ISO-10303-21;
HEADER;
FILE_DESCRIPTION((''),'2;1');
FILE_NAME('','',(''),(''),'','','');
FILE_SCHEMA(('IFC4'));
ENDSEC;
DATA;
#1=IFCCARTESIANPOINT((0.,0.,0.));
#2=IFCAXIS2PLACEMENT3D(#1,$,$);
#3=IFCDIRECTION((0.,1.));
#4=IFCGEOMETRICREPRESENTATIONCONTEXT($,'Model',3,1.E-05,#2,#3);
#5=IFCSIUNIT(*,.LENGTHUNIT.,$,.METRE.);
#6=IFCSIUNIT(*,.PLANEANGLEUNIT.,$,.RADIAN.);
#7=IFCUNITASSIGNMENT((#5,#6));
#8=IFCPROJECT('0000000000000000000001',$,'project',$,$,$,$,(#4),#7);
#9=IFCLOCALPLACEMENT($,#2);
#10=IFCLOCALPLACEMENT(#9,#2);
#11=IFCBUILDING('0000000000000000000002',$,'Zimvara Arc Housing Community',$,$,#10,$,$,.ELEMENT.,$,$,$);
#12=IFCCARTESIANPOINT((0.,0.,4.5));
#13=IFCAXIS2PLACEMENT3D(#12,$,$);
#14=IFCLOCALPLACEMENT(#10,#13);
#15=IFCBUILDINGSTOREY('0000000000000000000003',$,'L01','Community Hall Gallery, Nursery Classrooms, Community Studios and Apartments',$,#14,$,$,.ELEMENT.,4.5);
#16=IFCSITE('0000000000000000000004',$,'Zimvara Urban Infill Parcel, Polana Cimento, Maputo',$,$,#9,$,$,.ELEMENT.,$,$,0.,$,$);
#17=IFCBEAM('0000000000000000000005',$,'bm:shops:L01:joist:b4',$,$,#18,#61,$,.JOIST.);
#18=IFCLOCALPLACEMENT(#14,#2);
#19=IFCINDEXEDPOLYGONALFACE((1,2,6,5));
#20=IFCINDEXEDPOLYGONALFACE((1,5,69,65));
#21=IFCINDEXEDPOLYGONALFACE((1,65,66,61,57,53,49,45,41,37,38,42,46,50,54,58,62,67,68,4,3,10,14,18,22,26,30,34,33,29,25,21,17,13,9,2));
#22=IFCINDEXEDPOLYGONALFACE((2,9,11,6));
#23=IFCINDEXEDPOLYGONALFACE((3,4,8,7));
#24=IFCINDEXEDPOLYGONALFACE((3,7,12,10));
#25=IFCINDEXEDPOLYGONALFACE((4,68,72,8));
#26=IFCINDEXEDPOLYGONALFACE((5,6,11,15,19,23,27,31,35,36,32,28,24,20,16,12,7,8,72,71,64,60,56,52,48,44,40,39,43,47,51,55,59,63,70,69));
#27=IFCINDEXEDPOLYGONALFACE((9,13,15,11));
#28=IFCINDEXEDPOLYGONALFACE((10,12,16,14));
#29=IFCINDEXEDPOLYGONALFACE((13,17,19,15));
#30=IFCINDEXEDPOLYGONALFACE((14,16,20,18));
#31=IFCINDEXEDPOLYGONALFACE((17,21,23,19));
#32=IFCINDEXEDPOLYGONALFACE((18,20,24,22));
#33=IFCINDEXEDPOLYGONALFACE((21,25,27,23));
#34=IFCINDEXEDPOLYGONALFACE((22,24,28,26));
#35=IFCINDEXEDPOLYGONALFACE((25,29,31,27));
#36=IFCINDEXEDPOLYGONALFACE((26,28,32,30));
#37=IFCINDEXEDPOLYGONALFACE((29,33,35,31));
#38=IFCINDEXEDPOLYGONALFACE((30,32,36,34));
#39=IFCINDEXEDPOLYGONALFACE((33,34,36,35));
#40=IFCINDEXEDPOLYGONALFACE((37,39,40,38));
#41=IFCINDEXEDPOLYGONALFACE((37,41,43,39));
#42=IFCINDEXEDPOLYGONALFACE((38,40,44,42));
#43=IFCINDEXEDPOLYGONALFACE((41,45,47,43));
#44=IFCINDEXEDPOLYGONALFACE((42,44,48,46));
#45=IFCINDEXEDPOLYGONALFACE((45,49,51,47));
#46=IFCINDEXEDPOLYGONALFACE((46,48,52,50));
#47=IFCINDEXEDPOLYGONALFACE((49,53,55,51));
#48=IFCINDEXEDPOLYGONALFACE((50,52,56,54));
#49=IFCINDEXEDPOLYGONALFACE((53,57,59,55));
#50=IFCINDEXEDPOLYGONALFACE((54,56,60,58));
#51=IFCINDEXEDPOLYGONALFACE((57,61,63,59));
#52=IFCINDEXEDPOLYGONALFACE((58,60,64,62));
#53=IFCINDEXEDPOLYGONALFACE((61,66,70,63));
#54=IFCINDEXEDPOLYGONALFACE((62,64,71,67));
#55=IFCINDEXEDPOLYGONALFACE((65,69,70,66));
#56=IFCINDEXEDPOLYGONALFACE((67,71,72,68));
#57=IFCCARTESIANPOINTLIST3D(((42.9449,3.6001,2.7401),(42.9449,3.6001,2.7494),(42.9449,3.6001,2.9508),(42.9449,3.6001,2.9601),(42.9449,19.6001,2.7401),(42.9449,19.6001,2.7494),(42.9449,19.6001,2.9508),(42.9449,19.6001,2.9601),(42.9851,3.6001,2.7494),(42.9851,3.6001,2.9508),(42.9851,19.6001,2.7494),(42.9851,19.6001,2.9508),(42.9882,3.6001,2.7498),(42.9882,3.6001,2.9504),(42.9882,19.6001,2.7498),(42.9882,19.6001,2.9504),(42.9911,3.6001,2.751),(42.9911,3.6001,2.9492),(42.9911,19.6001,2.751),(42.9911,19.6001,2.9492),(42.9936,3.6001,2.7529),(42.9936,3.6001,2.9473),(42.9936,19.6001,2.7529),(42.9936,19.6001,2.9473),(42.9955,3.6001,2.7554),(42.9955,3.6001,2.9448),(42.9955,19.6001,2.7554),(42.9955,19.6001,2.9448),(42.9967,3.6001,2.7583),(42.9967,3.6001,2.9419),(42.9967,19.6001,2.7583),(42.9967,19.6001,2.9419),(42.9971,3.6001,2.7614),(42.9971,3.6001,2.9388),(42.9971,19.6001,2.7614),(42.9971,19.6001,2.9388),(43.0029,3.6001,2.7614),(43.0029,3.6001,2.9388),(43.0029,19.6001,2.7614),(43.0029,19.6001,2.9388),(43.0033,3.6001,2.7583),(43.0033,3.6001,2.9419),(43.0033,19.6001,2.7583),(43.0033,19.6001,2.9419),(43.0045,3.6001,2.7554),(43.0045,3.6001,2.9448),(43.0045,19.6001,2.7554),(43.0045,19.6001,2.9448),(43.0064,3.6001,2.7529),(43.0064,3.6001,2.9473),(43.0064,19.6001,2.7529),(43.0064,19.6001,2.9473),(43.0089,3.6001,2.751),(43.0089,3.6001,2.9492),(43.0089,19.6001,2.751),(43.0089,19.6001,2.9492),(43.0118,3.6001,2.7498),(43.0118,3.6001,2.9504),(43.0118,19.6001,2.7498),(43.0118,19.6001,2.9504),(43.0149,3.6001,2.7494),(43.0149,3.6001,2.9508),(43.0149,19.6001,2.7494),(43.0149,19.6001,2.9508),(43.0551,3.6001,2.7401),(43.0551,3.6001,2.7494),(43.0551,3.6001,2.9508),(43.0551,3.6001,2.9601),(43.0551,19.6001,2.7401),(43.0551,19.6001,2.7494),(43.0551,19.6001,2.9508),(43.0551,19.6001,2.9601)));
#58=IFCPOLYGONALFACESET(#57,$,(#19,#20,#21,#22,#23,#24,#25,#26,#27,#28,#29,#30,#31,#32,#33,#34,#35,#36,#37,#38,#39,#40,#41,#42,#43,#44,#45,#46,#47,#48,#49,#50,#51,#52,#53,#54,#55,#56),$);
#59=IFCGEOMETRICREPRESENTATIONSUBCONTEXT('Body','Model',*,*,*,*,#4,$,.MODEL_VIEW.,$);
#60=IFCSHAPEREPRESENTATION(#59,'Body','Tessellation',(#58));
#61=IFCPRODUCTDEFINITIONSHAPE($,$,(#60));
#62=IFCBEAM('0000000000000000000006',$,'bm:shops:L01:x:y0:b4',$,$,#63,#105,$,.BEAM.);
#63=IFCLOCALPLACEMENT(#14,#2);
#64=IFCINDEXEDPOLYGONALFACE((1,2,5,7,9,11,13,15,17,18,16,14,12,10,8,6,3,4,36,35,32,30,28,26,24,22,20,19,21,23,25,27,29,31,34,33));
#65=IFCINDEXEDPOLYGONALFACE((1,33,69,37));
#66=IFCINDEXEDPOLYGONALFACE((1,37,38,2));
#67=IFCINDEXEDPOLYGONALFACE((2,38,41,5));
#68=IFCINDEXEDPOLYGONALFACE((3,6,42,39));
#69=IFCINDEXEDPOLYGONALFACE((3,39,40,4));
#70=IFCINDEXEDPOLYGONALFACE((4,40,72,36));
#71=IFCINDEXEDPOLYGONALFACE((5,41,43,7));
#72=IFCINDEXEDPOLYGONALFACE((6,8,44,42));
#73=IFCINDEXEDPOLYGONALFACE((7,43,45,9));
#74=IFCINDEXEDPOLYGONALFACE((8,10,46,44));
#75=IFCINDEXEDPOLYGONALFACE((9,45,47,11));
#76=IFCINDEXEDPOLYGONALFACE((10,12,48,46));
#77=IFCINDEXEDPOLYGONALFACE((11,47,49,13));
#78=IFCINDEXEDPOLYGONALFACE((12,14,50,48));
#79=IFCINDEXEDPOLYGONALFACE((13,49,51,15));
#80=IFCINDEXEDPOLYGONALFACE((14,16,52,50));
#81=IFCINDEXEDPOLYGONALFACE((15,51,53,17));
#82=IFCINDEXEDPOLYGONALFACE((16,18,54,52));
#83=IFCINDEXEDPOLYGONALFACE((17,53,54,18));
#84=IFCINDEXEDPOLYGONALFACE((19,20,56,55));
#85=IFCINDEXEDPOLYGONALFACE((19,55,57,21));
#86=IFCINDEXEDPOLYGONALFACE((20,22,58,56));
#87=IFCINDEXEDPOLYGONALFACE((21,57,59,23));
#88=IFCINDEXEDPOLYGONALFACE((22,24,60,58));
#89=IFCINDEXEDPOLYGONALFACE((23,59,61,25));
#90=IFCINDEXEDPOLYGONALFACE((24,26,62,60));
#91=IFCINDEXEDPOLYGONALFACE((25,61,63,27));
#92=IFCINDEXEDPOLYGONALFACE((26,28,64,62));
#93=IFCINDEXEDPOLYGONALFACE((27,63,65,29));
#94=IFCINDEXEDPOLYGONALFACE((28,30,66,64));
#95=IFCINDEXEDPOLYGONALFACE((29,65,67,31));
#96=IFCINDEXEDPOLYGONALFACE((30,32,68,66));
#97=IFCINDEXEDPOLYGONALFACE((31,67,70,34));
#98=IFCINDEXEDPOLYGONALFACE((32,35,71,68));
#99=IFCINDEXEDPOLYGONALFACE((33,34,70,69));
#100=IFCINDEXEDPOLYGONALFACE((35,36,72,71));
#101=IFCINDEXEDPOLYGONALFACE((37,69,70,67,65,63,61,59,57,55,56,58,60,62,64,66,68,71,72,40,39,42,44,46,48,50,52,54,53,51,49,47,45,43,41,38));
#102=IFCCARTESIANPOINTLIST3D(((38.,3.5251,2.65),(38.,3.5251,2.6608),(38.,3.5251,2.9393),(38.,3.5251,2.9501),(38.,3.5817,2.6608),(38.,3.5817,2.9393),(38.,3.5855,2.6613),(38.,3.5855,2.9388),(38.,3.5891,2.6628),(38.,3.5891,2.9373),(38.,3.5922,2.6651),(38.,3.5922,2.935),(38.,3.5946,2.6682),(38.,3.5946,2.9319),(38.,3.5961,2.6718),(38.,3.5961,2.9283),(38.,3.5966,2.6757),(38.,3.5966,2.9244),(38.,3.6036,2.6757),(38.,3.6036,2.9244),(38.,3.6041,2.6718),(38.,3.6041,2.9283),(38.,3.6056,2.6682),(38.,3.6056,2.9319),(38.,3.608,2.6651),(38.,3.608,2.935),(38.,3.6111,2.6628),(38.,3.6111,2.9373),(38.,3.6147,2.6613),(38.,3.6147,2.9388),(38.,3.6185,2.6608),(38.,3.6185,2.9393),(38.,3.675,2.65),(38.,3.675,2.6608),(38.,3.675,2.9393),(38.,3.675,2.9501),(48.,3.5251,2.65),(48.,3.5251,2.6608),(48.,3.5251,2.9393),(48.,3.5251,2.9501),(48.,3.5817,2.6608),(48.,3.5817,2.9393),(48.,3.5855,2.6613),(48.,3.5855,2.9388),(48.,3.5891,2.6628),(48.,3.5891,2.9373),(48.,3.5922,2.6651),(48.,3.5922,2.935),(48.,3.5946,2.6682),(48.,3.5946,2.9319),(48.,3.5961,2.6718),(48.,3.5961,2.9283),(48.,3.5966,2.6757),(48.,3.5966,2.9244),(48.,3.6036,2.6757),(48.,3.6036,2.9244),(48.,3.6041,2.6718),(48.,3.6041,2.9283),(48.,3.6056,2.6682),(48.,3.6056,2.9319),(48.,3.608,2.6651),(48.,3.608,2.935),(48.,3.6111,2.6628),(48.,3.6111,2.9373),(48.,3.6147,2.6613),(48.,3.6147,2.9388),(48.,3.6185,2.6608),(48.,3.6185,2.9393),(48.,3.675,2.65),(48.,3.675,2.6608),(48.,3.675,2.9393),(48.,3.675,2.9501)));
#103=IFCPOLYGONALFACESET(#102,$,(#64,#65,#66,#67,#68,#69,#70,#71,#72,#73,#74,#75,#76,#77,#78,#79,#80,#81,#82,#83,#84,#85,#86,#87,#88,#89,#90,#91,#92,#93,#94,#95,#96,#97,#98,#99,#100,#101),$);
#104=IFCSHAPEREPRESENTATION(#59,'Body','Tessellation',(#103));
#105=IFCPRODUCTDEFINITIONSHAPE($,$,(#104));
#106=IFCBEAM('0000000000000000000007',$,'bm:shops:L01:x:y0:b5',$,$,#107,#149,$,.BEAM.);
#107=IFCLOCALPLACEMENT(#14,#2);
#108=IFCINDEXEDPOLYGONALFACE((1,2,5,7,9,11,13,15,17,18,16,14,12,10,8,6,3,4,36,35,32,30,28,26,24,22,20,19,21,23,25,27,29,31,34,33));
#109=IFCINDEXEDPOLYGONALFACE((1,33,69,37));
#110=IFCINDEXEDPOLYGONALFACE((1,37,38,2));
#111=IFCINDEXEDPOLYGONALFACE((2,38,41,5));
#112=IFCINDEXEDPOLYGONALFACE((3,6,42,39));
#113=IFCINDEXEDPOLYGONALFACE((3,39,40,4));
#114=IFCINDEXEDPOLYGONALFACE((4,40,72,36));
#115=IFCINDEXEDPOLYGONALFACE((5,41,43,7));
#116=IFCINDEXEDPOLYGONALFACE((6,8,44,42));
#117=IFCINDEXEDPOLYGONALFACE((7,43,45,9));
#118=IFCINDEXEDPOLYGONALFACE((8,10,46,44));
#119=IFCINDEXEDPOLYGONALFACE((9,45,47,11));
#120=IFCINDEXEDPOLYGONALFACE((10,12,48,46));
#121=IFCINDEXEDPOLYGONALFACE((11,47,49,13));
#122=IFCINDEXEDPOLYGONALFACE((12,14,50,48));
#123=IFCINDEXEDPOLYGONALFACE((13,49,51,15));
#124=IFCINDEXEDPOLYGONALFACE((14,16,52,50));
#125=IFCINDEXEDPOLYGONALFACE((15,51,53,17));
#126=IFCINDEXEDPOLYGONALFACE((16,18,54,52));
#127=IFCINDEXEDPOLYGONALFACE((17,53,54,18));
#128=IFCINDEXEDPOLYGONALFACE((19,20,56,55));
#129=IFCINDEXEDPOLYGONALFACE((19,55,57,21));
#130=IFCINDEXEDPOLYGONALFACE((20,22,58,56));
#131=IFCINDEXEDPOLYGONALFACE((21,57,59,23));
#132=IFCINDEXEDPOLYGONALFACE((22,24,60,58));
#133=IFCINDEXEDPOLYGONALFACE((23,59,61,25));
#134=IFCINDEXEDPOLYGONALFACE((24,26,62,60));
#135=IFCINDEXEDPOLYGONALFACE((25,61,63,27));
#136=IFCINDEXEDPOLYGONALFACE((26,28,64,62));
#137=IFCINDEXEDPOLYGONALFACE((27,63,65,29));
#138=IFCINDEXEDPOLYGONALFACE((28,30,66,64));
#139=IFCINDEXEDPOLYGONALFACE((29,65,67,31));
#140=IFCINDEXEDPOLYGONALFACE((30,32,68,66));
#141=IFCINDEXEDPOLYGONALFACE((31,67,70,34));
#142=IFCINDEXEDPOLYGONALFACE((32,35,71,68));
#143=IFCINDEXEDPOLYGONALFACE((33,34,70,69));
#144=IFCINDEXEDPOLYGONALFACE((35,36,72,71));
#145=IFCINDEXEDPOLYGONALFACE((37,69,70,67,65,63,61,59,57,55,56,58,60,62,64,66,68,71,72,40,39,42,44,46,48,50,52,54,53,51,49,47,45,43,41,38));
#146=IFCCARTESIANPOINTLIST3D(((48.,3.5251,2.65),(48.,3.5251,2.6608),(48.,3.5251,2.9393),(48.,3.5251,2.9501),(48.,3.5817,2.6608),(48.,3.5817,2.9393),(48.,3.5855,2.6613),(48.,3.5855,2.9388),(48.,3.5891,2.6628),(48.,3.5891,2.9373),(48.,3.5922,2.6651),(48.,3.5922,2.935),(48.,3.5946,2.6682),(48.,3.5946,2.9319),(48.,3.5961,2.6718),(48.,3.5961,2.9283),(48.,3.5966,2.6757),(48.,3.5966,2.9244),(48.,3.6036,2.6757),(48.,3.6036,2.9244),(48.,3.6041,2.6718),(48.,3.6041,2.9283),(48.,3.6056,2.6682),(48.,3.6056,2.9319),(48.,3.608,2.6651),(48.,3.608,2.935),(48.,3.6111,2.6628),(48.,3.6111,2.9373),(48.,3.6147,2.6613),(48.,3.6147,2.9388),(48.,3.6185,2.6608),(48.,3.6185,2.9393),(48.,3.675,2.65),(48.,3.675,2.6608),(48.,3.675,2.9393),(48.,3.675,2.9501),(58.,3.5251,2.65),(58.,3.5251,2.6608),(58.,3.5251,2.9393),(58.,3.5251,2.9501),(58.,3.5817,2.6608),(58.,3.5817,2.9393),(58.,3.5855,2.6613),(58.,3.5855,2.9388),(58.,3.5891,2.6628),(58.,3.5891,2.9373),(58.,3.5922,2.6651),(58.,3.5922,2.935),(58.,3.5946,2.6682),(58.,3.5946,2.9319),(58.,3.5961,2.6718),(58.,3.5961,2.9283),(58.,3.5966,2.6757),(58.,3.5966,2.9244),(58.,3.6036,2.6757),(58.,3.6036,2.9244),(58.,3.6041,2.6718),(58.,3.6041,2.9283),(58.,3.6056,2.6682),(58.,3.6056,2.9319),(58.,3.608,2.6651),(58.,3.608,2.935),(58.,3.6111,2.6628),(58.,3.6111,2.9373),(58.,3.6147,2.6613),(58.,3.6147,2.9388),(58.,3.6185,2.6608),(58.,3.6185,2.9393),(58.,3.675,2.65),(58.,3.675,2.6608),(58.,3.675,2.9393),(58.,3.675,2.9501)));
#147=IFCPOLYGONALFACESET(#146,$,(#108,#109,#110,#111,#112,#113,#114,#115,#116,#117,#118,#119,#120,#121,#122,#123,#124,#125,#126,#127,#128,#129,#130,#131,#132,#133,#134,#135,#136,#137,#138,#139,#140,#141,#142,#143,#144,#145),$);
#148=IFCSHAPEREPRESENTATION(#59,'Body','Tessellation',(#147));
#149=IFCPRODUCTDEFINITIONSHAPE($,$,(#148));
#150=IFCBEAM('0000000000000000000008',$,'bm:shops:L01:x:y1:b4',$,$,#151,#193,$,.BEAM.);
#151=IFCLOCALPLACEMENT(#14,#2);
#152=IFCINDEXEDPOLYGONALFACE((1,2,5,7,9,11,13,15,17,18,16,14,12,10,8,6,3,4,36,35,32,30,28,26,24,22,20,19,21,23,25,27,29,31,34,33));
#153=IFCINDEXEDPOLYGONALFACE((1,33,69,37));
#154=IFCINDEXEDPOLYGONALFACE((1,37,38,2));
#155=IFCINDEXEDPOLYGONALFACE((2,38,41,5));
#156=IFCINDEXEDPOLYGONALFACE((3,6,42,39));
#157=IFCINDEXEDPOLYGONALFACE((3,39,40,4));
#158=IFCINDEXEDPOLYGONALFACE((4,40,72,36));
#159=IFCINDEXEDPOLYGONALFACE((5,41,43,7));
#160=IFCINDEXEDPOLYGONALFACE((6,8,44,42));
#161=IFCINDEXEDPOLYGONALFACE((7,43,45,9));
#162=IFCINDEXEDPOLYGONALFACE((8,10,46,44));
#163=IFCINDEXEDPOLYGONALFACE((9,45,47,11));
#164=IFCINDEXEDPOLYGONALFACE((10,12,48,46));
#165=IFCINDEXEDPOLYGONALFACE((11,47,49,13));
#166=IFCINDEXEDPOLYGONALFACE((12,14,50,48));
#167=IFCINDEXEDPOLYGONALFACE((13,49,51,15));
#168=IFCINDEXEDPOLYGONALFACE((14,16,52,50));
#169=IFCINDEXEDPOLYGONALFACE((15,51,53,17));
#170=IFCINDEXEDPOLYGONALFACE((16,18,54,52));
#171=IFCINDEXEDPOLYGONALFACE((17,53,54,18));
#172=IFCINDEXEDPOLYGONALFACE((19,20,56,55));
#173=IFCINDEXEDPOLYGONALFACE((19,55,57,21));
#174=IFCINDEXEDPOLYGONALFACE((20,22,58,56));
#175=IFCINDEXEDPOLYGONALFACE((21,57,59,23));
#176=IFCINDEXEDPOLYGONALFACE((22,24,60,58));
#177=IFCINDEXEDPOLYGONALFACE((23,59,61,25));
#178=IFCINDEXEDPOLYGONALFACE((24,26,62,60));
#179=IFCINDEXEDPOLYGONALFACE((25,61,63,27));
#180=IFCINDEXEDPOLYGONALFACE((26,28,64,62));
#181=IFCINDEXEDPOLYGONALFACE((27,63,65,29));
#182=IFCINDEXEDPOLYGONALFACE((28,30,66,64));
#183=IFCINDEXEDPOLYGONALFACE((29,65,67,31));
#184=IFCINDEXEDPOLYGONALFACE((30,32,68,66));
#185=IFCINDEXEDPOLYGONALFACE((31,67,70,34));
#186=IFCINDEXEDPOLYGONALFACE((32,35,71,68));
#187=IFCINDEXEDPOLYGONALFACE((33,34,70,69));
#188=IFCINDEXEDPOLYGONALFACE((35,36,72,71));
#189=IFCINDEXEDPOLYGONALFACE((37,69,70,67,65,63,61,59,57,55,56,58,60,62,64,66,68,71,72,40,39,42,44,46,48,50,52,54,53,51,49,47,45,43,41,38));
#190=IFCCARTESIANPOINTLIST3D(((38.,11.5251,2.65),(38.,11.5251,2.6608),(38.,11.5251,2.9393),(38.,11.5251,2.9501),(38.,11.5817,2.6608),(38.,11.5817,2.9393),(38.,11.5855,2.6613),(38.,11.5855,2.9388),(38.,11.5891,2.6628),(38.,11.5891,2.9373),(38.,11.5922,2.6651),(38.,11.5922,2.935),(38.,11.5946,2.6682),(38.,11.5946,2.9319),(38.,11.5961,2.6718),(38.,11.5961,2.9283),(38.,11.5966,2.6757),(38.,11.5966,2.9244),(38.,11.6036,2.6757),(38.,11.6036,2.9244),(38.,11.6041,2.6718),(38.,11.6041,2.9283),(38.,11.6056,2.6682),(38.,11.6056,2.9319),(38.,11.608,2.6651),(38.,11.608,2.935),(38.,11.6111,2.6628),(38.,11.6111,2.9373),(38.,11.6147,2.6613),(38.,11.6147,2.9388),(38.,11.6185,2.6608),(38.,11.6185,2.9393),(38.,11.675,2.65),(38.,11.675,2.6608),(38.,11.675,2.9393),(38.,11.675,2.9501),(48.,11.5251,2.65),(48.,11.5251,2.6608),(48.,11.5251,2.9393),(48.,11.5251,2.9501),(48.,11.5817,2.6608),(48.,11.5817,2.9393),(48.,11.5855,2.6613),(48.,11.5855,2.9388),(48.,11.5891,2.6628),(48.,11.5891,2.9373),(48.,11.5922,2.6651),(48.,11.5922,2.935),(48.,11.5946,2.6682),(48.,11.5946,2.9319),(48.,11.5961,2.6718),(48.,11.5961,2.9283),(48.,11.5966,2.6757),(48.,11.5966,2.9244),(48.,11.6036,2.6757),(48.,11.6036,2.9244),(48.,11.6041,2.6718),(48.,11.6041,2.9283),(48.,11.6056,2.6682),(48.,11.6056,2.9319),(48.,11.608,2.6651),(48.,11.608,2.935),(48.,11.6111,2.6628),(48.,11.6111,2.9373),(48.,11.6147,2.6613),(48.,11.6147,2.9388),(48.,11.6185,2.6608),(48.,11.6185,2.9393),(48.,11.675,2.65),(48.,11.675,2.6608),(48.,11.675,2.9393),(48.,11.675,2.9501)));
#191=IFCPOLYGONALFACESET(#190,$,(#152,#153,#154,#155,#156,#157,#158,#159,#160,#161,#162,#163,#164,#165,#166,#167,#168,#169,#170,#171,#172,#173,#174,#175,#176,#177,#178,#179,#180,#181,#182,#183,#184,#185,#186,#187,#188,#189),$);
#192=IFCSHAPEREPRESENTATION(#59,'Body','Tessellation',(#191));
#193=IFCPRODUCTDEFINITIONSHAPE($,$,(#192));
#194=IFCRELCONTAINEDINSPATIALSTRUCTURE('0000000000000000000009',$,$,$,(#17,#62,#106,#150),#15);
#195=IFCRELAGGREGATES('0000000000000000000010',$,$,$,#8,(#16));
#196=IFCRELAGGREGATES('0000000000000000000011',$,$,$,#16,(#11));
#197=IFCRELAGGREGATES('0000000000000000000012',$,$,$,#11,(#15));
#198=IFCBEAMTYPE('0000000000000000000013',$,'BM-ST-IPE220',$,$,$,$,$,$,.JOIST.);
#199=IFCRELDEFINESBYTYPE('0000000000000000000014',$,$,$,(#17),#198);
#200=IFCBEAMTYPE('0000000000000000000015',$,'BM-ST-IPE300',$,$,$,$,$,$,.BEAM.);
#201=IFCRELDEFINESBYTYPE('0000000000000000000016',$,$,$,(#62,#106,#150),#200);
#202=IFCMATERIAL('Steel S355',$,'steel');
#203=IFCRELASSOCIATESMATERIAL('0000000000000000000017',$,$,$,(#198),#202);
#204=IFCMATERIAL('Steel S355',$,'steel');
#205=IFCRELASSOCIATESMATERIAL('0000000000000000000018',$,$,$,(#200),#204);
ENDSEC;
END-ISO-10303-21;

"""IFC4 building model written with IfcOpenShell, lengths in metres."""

from ifc_helpers import new_model, si_unit, direction, frame, origin, origin_2d, place, context, subcontext, project, spatial, i_section, extrude, material, material_profile, profile_set, type_object, element, save


model = new_model("IFC4")

# Units and contexts
model_context = context("Model", 3, precision=1e-05, world=origin(), true_north=direction((0.0, 1.0)))
body_context = subcontext(model_context, "Body", "Model", "MODEL_VIEW")
ifc_project = project(units=[si_unit("LENGTHUNIT", "METRE"), si_unit("PLANEANGLEUNIT", "RADIAN")], contexts=[model_context])

# Site, building, storey
site_placement = place(None, origin())
site = spatial("IfcSite", under=ifc_project, at=site_placement, Name="Zimvara Urban Infill Parcel, Polana Cimento, Maputo", CompositionType="ELEMENT", RefElevation=0.0)
building_placement = place(site_placement, origin())
building = spatial("IfcBuilding", under=site, at=building_placement, Name="Zimvara Arc Housing Community", CompositionType="ELEMENT")
storey_placement = place(building_placement, frame((0.0, 0.0, 4.5)))
storey = spatial("IfcBuildingStorey", under=building, at=storey_placement, Name="L01", Description="Community Hall Gallery, Nursery Classrooms, Community Studios and Apartments", CompositionType="ELEMENT", Elevation=4.5)

# Beams
ifc_material_1 = material(Name="Steel S355", Category="steel")
ifc_material_profile_1 = material_profile(ifc_material_1, i_section(OverallWidth=0.1101, OverallDepth=0.22, WebThickness=0.0059, FlangeThickness=0.0093, FilletRadius=0.012, at=origin_2d()), Name="IPE 220")
ifc_profile_set_1 = profile_set([ifc_material_profile_1], Name="Steel S355")
beam_type_1 = type_object("IfcBeamType", Name="BM-ST-IPE220", PredefinedType="JOIST", material=ifc_profile_set_1)
beam_placement = place(storey_placement, frame((43.0, 3.6001, 2.8501), z_axis=(0.0, 1.0, 0.0), x_axis=(-1.0, 0.0, 0.0)))
element("IfcBeam", 1, at=beam_placement, inside=storey, type_object=beam_type_1, Name="bm:shops:L01:joist:b4", PredefinedType="JOIST", context=body_context, shape_type="SweptSolid", body=[
    extrude(i_section(OverallWidth=0.1101, OverallDepth=0.22, WebThickness=0.0059, FlangeThickness=0.0093, FilletRadius=0.012, at=origin_2d()), origin(), (0.0, 0.0, 1.0), 16.0),
])
ifc_material_2 = material(Name="Steel S355", Category="steel")
ifc_material_profile_2 = material_profile(ifc_material_2, i_section(OverallWidth=0.1499, OverallDepth=0.3, WebThickness=0.0071, FlangeThickness=0.0107, FilletRadius=0.0149, at=origin_2d()), Name="IPE 300")
ifc_profile_set_2 = profile_set([ifc_material_profile_2], Name="Steel S355")
beam_type_2 = type_object("IfcBeamType", Name="BM-ST-IPE300", PredefinedType="BEAM", material=ifc_profile_set_2)
for number, where, z_axis, x_axis, name in (
    (2, (38.0, 3.6001, 2.8), (1.0, 0.0, 0.0), (0.0, 1.0, 0.0), "bm:shops:L01:x:y0:b4"),
    (3, (48.0, 3.6001, 2.8), (1.0, 0.0, 0.0), (0.0, 1.0, 0.0), "bm:shops:L01:x:y0:b5"),
    (4, (38.0, 11.6001, 2.8), (1.0, 0.0, 0.0), (0.0, 1.0, 0.0), "bm:shops:L01:x:y1:b4"),
):
    element("IfcBeam", number, at=place(storey_placement, frame(where, z_axis=z_axis, x_axis=x_axis)), inside=storey, type_object=beam_type_2, Name=name, PredefinedType="BEAM", context=body_context, shape_type="SweptSolid", body=[
        extrude(i_section(OverallWidth=0.1499, OverallDepth=0.3, WebThickness=0.0071, FlangeThickness=0.0107, FilletRadius=0.0149, at=origin_2d()), origin(), (0.0, 0.0, 1.0), 10.0),
    ])

save(model, "model.ifc")
